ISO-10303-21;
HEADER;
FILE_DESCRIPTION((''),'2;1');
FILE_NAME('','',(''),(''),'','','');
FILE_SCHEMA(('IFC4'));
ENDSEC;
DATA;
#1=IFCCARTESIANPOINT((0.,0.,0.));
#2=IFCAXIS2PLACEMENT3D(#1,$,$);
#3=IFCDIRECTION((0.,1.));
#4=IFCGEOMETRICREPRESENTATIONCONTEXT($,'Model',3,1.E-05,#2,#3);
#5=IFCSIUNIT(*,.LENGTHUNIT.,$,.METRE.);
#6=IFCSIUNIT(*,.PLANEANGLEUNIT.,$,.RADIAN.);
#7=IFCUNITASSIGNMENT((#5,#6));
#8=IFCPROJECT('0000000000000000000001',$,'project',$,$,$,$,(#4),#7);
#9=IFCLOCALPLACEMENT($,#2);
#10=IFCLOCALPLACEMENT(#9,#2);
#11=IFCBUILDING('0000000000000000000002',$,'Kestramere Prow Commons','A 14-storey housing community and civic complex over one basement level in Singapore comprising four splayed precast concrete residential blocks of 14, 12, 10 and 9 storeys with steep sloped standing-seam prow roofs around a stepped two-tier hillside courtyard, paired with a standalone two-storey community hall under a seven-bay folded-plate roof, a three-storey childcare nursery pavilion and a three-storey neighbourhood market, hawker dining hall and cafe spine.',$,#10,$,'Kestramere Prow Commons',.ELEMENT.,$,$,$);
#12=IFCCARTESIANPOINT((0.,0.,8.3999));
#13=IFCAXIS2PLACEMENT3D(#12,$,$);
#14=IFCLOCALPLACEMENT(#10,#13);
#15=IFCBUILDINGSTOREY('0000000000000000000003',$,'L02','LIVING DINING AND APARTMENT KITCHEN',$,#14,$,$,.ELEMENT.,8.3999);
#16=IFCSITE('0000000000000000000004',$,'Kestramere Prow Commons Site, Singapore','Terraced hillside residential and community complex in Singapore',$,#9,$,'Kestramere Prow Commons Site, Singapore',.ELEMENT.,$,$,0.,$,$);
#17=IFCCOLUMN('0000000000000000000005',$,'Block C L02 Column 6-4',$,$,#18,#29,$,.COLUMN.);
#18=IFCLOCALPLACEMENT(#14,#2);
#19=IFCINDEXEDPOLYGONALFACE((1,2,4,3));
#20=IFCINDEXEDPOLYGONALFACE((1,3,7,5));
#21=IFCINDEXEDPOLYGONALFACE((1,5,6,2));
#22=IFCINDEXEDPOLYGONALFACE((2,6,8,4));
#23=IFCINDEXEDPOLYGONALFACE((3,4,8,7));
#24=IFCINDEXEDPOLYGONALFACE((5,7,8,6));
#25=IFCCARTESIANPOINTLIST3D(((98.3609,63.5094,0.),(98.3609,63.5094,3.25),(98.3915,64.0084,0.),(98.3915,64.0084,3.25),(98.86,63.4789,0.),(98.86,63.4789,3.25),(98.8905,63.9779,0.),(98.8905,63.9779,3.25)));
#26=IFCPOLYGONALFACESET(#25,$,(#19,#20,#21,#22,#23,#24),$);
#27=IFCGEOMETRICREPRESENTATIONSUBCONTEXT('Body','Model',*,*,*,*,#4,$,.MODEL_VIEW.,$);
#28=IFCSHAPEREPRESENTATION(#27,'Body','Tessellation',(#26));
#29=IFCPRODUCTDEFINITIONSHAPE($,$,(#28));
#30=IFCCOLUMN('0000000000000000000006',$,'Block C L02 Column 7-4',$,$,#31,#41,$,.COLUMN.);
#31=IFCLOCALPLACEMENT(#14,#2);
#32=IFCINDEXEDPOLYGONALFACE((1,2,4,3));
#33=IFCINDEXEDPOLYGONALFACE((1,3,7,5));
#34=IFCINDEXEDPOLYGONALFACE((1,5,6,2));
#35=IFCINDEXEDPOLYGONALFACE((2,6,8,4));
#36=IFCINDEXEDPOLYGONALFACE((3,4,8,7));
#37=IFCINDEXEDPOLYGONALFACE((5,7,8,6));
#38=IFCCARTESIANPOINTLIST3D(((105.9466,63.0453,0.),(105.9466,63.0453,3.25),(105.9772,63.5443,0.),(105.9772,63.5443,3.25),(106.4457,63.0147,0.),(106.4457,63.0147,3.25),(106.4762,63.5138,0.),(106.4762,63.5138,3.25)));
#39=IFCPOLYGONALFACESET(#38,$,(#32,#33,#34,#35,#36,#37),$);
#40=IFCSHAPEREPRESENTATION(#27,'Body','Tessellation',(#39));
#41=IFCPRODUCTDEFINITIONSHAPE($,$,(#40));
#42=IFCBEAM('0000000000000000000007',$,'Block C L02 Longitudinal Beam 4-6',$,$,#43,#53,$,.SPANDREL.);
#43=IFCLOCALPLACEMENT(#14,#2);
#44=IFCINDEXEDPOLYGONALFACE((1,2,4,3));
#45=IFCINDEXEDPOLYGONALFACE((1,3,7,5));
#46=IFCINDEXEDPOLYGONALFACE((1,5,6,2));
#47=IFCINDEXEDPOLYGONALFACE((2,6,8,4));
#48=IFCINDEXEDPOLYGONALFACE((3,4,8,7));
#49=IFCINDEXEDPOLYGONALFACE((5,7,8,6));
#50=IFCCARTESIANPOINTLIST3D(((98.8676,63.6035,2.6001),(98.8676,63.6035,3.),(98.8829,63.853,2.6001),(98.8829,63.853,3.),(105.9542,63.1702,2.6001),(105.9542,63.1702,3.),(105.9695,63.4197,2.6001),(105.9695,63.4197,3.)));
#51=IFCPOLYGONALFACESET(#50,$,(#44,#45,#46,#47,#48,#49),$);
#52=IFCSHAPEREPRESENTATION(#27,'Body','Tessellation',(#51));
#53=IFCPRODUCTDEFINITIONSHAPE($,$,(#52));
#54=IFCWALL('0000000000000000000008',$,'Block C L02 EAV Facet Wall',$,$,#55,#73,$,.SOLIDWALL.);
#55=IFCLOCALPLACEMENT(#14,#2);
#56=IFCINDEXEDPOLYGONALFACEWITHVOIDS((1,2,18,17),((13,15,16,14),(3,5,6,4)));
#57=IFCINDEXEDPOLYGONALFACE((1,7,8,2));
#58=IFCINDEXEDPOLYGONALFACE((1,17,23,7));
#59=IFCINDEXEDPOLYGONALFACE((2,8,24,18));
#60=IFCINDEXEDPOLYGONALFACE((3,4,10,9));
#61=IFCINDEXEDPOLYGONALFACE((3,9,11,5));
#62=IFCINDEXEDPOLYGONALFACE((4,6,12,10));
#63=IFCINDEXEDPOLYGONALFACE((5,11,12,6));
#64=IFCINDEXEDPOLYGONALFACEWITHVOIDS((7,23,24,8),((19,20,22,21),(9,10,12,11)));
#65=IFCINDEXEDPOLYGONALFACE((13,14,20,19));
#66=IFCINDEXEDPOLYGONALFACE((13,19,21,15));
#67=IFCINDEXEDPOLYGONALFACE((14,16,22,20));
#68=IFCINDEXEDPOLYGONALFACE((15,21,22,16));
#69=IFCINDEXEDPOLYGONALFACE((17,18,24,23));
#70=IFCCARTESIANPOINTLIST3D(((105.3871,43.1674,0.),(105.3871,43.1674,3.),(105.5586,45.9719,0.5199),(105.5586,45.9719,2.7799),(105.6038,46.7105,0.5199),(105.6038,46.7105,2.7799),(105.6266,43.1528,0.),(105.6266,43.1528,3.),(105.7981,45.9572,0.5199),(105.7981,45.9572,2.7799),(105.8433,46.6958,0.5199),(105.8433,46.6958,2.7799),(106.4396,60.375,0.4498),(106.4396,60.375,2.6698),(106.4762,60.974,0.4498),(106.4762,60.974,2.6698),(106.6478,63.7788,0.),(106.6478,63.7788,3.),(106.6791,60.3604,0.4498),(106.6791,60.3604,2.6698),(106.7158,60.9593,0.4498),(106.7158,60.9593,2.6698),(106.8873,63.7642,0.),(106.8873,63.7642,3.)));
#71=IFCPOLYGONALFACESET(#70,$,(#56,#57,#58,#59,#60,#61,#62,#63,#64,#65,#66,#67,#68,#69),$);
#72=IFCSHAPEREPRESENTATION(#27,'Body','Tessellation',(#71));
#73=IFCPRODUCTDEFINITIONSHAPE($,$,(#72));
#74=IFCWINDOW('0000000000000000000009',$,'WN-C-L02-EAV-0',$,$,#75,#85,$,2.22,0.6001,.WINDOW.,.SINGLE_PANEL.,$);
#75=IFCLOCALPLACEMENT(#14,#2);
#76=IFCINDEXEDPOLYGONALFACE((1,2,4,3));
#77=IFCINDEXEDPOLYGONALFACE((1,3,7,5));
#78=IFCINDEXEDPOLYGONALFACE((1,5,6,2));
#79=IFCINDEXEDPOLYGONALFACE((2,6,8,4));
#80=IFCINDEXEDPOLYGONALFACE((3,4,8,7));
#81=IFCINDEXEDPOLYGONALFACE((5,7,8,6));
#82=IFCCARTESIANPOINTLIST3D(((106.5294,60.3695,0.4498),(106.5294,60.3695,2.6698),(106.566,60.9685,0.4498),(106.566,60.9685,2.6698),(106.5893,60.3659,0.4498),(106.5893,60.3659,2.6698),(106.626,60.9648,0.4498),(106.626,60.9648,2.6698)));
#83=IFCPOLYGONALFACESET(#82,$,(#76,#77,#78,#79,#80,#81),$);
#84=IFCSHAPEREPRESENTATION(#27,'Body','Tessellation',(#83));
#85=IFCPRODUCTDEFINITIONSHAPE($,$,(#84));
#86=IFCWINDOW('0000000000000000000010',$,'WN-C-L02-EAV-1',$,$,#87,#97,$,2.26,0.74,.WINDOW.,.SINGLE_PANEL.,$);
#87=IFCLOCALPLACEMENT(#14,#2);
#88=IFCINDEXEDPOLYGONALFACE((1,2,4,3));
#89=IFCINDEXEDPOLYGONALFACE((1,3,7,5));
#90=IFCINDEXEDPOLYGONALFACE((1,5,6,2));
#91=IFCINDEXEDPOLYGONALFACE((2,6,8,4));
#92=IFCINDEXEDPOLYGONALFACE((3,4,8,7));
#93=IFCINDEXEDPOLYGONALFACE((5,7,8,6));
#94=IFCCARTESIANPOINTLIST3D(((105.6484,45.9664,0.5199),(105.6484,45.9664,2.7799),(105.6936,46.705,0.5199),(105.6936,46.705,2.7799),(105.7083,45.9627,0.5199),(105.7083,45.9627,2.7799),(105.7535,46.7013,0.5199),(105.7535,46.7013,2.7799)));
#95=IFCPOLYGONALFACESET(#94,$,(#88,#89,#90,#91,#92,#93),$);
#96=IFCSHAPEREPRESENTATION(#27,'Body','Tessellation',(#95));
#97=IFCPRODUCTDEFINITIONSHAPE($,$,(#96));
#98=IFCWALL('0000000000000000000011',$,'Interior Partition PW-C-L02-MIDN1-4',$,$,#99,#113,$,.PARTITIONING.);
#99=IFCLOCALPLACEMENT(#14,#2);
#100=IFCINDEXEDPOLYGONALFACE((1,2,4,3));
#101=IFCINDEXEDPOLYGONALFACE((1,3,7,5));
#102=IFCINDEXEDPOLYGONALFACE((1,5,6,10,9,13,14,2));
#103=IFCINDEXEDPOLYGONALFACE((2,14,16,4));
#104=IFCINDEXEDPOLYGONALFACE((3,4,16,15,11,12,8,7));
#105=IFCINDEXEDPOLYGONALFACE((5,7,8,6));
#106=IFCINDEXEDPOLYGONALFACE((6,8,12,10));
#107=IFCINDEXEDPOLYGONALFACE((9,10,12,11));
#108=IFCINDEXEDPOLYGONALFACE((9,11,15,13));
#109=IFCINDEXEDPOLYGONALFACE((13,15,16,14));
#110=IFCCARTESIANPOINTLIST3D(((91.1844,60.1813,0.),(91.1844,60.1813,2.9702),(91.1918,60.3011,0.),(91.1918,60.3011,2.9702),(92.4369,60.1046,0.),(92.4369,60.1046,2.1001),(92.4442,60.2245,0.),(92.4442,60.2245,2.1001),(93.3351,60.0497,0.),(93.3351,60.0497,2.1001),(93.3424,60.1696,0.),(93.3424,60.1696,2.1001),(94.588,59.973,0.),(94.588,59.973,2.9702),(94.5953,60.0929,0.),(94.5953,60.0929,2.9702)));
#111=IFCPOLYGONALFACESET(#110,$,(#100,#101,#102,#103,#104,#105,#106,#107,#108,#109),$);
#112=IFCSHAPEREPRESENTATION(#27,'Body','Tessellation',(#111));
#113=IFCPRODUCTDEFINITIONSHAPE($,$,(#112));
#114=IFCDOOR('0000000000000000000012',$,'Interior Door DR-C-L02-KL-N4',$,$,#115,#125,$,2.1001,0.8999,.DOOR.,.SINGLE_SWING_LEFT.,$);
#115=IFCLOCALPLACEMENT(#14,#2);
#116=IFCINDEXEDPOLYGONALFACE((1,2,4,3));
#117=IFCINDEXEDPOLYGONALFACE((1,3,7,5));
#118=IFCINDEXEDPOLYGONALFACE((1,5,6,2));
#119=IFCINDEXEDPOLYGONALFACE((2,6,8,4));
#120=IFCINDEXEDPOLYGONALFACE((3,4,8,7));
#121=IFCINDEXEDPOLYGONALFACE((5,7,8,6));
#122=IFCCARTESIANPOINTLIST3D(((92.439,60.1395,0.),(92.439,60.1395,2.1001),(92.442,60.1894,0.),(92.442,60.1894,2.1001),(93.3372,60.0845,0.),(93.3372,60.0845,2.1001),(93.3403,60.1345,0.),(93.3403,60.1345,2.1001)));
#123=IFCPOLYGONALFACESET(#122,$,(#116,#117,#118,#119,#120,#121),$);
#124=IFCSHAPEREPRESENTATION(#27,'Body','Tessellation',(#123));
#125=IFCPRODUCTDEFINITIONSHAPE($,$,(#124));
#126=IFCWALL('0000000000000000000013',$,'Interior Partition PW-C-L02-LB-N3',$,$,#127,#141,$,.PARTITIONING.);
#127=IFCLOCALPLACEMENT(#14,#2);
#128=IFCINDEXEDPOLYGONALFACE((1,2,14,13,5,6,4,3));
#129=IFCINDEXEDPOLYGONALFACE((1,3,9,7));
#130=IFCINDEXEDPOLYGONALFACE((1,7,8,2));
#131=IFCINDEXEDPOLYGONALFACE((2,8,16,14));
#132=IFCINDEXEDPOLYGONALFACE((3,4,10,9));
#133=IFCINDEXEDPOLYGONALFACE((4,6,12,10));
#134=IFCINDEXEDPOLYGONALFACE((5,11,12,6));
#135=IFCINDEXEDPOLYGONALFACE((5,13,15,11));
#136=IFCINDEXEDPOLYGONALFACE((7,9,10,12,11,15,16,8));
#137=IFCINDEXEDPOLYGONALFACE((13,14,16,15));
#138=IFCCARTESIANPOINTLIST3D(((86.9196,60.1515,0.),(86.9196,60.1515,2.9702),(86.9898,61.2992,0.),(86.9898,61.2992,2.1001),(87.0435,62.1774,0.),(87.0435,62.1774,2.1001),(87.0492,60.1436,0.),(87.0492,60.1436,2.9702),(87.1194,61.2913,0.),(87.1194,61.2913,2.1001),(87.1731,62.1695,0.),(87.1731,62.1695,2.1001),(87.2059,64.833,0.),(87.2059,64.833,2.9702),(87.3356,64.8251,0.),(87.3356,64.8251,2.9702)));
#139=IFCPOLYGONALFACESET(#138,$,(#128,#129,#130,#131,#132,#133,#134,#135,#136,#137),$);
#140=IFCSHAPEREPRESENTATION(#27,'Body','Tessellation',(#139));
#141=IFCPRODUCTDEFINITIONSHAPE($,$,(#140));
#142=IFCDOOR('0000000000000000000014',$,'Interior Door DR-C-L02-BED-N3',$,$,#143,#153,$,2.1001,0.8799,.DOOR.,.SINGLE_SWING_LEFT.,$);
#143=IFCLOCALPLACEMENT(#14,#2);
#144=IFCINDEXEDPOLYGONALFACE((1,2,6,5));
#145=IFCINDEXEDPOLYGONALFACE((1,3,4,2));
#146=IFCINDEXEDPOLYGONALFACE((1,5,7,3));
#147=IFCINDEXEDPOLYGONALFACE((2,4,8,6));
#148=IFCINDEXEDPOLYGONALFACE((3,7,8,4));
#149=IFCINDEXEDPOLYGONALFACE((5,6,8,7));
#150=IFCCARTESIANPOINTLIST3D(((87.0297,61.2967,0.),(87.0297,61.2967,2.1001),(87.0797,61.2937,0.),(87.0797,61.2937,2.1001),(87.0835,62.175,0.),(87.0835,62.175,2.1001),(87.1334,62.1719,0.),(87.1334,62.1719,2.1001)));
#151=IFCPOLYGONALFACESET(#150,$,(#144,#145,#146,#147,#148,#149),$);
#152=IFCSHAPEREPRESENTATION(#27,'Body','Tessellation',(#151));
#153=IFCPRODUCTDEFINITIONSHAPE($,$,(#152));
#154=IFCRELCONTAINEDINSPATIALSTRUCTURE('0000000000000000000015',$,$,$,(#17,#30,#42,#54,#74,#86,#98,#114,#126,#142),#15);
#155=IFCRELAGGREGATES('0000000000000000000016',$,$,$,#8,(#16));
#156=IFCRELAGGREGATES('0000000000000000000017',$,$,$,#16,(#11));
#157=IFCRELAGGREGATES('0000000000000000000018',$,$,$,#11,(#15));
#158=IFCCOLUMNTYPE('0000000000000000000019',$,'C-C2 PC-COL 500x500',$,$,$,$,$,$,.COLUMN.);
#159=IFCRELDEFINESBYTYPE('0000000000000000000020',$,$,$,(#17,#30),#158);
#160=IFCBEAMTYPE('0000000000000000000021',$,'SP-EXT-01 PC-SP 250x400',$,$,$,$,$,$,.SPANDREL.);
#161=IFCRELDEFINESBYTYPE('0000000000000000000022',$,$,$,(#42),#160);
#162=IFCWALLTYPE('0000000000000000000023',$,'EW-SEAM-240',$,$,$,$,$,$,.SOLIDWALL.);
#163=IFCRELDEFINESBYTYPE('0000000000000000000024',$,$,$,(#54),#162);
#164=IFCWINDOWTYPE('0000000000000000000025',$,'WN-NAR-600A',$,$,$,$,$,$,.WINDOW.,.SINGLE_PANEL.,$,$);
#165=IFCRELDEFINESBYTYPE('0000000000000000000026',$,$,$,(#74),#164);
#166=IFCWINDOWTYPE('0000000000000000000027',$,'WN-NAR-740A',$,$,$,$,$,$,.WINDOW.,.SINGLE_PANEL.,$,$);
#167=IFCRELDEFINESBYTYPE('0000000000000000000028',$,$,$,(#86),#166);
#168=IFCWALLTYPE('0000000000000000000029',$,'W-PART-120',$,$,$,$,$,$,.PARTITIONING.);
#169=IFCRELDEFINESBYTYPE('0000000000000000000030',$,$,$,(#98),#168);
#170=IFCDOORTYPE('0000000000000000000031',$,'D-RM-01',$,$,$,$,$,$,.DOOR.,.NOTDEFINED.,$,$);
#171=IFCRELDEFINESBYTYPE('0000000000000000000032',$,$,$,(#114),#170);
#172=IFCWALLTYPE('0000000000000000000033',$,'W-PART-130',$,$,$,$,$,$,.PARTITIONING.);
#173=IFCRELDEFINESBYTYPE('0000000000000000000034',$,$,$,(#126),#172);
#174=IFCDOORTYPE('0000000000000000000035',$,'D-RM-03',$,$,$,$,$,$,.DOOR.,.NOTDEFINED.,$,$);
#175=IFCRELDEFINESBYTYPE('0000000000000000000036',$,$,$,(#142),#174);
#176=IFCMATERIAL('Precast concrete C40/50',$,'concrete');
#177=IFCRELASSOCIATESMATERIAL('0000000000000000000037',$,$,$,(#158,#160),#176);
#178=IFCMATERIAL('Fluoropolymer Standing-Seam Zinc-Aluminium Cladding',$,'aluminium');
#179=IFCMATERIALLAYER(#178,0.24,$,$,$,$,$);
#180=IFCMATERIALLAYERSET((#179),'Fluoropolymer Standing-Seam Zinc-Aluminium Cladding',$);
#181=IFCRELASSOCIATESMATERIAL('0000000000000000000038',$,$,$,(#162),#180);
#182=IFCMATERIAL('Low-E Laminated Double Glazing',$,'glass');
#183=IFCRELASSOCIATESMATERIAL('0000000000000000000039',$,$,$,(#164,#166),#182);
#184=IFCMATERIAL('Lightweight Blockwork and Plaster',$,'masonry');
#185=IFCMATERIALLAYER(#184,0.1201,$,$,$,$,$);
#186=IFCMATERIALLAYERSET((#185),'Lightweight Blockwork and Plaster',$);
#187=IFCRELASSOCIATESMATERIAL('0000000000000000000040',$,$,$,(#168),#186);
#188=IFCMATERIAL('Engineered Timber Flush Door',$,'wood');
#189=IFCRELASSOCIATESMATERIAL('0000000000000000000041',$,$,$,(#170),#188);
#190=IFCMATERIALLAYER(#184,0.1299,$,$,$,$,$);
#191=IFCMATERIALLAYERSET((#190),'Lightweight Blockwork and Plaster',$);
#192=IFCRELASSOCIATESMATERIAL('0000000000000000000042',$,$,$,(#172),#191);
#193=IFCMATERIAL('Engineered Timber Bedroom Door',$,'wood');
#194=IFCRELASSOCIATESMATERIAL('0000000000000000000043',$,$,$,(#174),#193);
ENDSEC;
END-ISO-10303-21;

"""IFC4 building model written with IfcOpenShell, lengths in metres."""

from ifc_helpers import new_model, si_unit, direction, frame, frame_2d, origin, origin_2d, place, context, subcontext, project, spatial, rectangle, extrude, material, layer, layer_set, material_profile, profile_set, type_object, element, fill, save


model = new_model("IFC4")

# Units and contexts
model_context = context("Model", 3, precision=1e-05, world=origin(), true_north=direction((0.0, 1.0)))
body_context = subcontext(model_context, "Body", "Model", "MODEL_VIEW")
ifc_project = project(units=[si_unit("LENGTHUNIT", "METRE"), si_unit("PLANEANGLEUNIT", "RADIAN")], contexts=[model_context])

# Site, building, storey
site_placement = place(None, origin())
site = spatial("IfcSite", under=ifc_project, at=site_placement, Name="Kestramere Prow Commons Site, Singapore", Description="Terraced hillside residential and community complex in Singapore", LongName="Kestramere Prow Commons Site, Singapore", CompositionType="ELEMENT", RefElevation=0.0)
building_placement = place(site_placement, origin())
building = spatial("IfcBuilding", under=site, at=building_placement, Name="Kestramere Prow Commons", Description="A 14-storey housing community and civic complex over one basement level in Singapore comprising four splayed precast concrete residential blocks of 14, 12, 10 and 9 storeys with steep sloped standing-seam prow roofs around a stepped two-tier hillside courtyard, paired with a standalone two-storey community hall under a seven-bay folded-plate roof, a three-storey childcare nursery pavilion and a three-storey neighbourhood market, hawker dining hall and cafe spine.", LongName="Kestramere Prow Commons", CompositionType="ELEMENT")
storey_placement = place(building_placement, frame((0.0, 0.0, 8.3999)))
storey = spatial("IfcBuildingStorey", under=building, at=storey_placement, Name="L02", Description="LIVING DINING AND APARTMENT KITCHEN", CompositionType="ELEMENT", Elevation=8.3999)

# Columns
ifc_material_1 = material(Name="Precast concrete C40/50", Category="concrete")
ifc_material_profile_1 = material_profile(ifc_material_1, rectangle(XDim=0.5, YDim=0.5, at=origin_2d()), Name="PC-COL 500x500")
ifc_profile_set_1 = profile_set([ifc_material_profile_1], Name="Precast concrete C40/50")
column_type = type_object("IfcColumnType", Name="C-C2 PC-COL 500x500", PredefinedType="COLUMN", material=ifc_profile_set_1)
for number, where, z_axis, x_axis, name in (
    (1, (98.6257, 63.7437, 0.0), (0.0, 0.0, 1.0), (0.998135, -0.061049, 0.0), "Block C L02 Column 6-4"),
    (2, (106.2114, 63.2795, 0.0), (0.0, 0.0, 1.0), (0.998135, -0.061049, 0.0), "Block C L02 Column 7-4"),
):
    element("IfcColumn", number, at=place(storey_placement, frame(where, z_axis=z_axis, x_axis=x_axis)), inside=storey, type_object=column_type, Name=name, PredefinedType="COLUMN", context=body_context, shape_type="SweptSolid", body=[
        extrude(rectangle(XDim=0.5, YDim=0.5, at=origin_2d()), origin(), (0.0, 0.0, 1.0), 3.25),
    ])

# Beam
ifc_material_profile_2 = material_profile(ifc_material_1, rectangle(XDim=0.25, YDim=0.3999, at=origin_2d()), Name="PC-SP 250x400")
ifc_profile_set_2 = profile_set([ifc_material_profile_2], Name="Precast concrete C40/50")
beam_type = type_object("IfcBeamType", Name="SP-EXT-01 PC-SP 250x400", PredefinedType="SPANDREL", material=ifc_profile_set_2)
beam_placement = place(storey_placement, frame((98.8752, 63.7283, 2.8), z_axis=(0.998136, -0.061036, 0.0), x_axis=(0.061036, 0.998136, 0.0)))
element("IfcBeam", 3, at=beam_placement, inside=storey, type_object=beam_type, Name="Block C L02 Longitudinal Beam 4-6", PredefinedType="SPANDREL", context=body_context, shape_type="SweptSolid", body=[
    extrude(rectangle(XDim=0.25, YDim=0.3999, at=origin_2d()), origin(), (0.0, 0.0, 1.0), 7.0999),
])

# Wall, openings, windows
ifc_material_2 = material(Name="Fluoropolymer Standing-Seam Zinc-Aluminium Cladding", Category="aluminium")
ifc_layer_1 = layer(ifc_material_2, 0.24)
ifc_layer_set_1 = layer_set([ifc_layer_1], Name="Fluoropolymer Standing-Seam Zinc-Aluminium Cladding")
wall_type_1 = type_object("IfcWallType", Name="EW-SEAM-240", PredefinedType="SOLIDWALL", material=ifc_layer_set_1)
wall_1_placement = place(storey_placement, frame((106.7676, 63.7715, 0.0), z_axis=(0.0, 0.0, 1.0), x_axis=(-0.061053, -0.998135, 0.0)))
wall_1 = element("IfcWall", 4, at=wall_1_placement, inside=storey, type_object=wall_type_1, Name="Block C L02 EAV Facet Wall", PredefinedType="SOLIDWALL", context=body_context, shape_type="SweptSolid", body=[
    extrude(rectangle(XDim=20.6499, YDim=0.24, at=frame_2d((10.325, 0.0))), origin(), (0.0, 0.0, 1.0), 3.0),
])
opening_1_placement = place(wall_1_placement, frame((2.8101, 0.0, 0.45)))
opening_1 = element("IfcOpeningElement", 5, at=opening_1_placement, cuts=wall_1, PredefinedType="OPENING", context=body_context, shape_type="SweptSolid", body=[
    extrude(rectangle(XDim=0.6001, YDim=2.22, at=frame_2d((0.3, 1.1099))), frame((0.0, 0.135, 0.0), z_axis=(0.0, -1.0, 0.0), x_axis=(1.0, 0.0, 0.0)), (0.0, 0.0, 1.0), 0.27),
])
opening_2_placement = place(wall_1_placement, frame((17.1001, 0.0, 0.52)))
opening_2 = element("IfcOpeningElement", 6, at=opening_2_placement, cuts=wall_1, PredefinedType="OPENING", context=body_context, shape_type="SweptSolid", body=[
    extrude(rectangle(XDim=0.74, YDim=2.26, at=frame_2d((0.3701, 1.1299))), frame((0.0, 0.135, 0.0), z_axis=(0.0, -1.0, 0.0), x_axis=(1.0, 0.0, 0.0)), (0.0, 0.0, 1.0), 0.27),
])
ifc_material_3 = material(Name="Low-E Laminated Double Glazing", Category="glass")
window_type_1 = type_object("IfcWindowType", Name="WN-NAR-600A", PartitioningType="SINGLE_PANEL", PredefinedType="WINDOW", material=ifc_material_3)
window_1_placement = place(opening_1_placement, origin())
window_1 = element("IfcWindow", 7, at=window_1_placement, inside=storey, type_object=window_type_1, Name="WN-C-L02-EAV-0", OverallHeight=2.22, OverallWidth=0.6001, PartitioningType="SINGLE_PANEL", PredefinedType="WINDOW", context=body_context, shape_type="SweptSolid", body=[
    extrude(rectangle(XDim=0.6001, YDim=2.22, at=frame_2d((0.3, 1.1099))), frame((0.0, 0.03, 0.0), z_axis=(0.0, -1.0, 0.0), x_axis=(1.0, 0.0, 0.0)), (0.0, 0.0, 1.0), 0.0601),
])
fill(opening_1, window_1)
window_type_2 = type_object("IfcWindowType", Name="WN-NAR-740A", PartitioningType="SINGLE_PANEL", PredefinedType="WINDOW", material=ifc_material_3)
window_2_placement = place(opening_2_placement, origin())
window_2 = element("IfcWindow", 8, at=window_2_placement, inside=storey, type_object=window_type_2, Name="WN-C-L02-EAV-1", OverallHeight=2.26, OverallWidth=0.74, PartitioningType="SINGLE_PANEL", PredefinedType="WINDOW", context=body_context, shape_type="SweptSolid", body=[
    extrude(rectangle(XDim=0.74, YDim=2.26, at=frame_2d((0.3701, 1.1299))), frame((0.0, 0.03, 0.0), z_axis=(0.0, -1.0, 0.0), x_axis=(1.0, 0.0, 0.0)), (0.0, 0.0, 1.0), 0.0601),
])
fill(opening_2, window_2)

# Walls, openings, doors
ifc_material_4 = material(Name="Lightweight Blockwork and Plaster", Category="masonry")
ifc_layer_2 = layer(ifc_material_4, 0.1201)
ifc_layer_set_2 = layer_set([ifc_layer_2], Name="Lightweight Blockwork and Plaster")
wall_type_2 = type_object("IfcWallType", Name="W-PART-120", PredefinedType="PARTITIONING", material=ifc_layer_set_2)
wall_2_placement = place(storey_placement, frame((91.188, 60.2412, 0.0), z_axis=(0.0, 0.0, 1.0), x_axis=(0.998133, -0.061072, 0.0)))
wall_2 = element("IfcWall", 9, at=wall_2_placement, inside=storey, type_object=wall_type_2, Name="Interior Partition PW-C-L02-MIDN1-4", PredefinedType="PARTITIONING", context=body_context, shape_type="SweptSolid", body=[
    extrude(rectangle(XDim=3.4099, YDim=0.1201, at=frame_2d((1.7051, 0.0))), origin(), (0.0, 0.0, 1.0), 2.9702),
])
opening_3_placement = place(wall_2_placement, frame((1.2549, 0.0, 0.0)))
opening_3 = element("IfcOpeningElement", 10, at=opening_3_placement, cuts=wall_2, PredefinedType="OPENING", context=body_context, shape_type="SweptSolid", body=[
    extrude(rectangle(XDim=0.8999, YDim=2.1001, at=frame_2d((0.45, 1.05))), frame((0.0, 0.075, 0.0), z_axis=(0.0, -1.0, 0.0), x_axis=(1.0, 0.0, 0.0)), (0.0, 0.0, 1.0), 0.1501),
])
ifc_material_5 = material(Name="Engineered Timber Flush Door", Category="wood")
door_type_1 = type_object("IfcDoorType", Name="D-RM-01", OperationType="NOTDEFINED", PredefinedType="DOOR", material=ifc_material_5)
door_1_placement = place(opening_3_placement, origin())
door_1 = element("IfcDoor", 11, at=door_1_placement, inside=storey, type_object=door_type_1, Name="Interior Door DR-C-L02-KL-N4", OperationType="SINGLE_SWING_LEFT", OverallHeight=2.1001, OverallWidth=0.8999, PredefinedType="DOOR", context=body_context, shape_type="SweptSolid", body=[
    extrude(rectangle(XDim=0.8999, YDim=2.1001, at=frame_2d((0.45, 1.05))), frame((0.0, 0.0249, 0.0), z_axis=(0.0, -1.0, 0.0), x_axis=(1.0, 0.0, 0.0)), (0.0, 0.0, 1.0), 0.05),
])
fill(opening_3, door_1)
ifc_layer_3 = layer(ifc_material_4, 0.1299)
ifc_layer_set_3 = layer_set([ifc_layer_3], Name="Lightweight Blockwork and Plaster")
wall_type_3 = type_object("IfcWallType", Name="W-PART-130", PredefinedType="PARTITIONING", material=ifc_layer_set_3)
wall_3_placement = place(storey_placement, frame((86.9844, 60.1475, 0.0), z_axis=(0.0, 0.0, 1.0), x_axis=(0.061059, 0.998134, 0.0)))
wall_3 = element("IfcWall", 12, at=wall_3_placement, inside=storey, type_object=wall_type_3, Name="Interior Partition PW-C-L02-LB-N3", PredefinedType="PARTITIONING", context=body_context, shape_type="SweptSolid", body=[
    extrude(rectangle(XDim=4.6902, YDim=0.1299, at=frame_2d((2.3452, 0.0))), origin(), (0.0, 0.0, 1.0), 2.9702),
])
opening_4_placement = place(wall_3_placement, frame((1.1499, 0.0, 0.0)))
opening_4 = element("IfcOpeningElement", 13, at=opening_4_placement, cuts=wall_3, PredefinedType="OPENING", context=body_context, shape_type="SweptSolid", body=[
    extrude(rectangle(XDim=0.8799, YDim=2.1001, at=frame_2d((0.4399, 1.05))), frame((0.0, 0.0798, 0.0), z_axis=(0.0, -1.0, 0.0), x_axis=(1.0, 0.0, 0.0)), (0.0, 0.0, 1.0), 0.1599),
])
ifc_material_6 = material(Name="Engineered Timber Bedroom Door", Category="wood")
door_type_2 = type_object("IfcDoorType", Name="D-RM-03", OperationType="NOTDEFINED", PredefinedType="DOOR", material=ifc_material_6)
door_2_placement = place(opening_4_placement, origin())
door_2 = element("IfcDoor", 14, at=door_2_placement, inside=storey, type_object=door_type_2, Name="Interior Door DR-C-L02-BED-N3", OperationType="SINGLE_SWING_LEFT", OverallHeight=2.1001, OverallWidth=0.8799, PredefinedType="DOOR", context=body_context, shape_type="SweptSolid", body=[
    extrude(rectangle(XDim=0.8799, YDim=2.1001, at=frame_2d((0.4399, 1.05))), frame((0.0, 0.0249, 0.0), z_axis=(0.0, -1.0, 0.0), x_axis=(1.0, 0.0, 0.0)), (0.0, 0.0, 1.0), 0.05),
])
fill(opening_4, door_2)

save(model, "model.ifc")
